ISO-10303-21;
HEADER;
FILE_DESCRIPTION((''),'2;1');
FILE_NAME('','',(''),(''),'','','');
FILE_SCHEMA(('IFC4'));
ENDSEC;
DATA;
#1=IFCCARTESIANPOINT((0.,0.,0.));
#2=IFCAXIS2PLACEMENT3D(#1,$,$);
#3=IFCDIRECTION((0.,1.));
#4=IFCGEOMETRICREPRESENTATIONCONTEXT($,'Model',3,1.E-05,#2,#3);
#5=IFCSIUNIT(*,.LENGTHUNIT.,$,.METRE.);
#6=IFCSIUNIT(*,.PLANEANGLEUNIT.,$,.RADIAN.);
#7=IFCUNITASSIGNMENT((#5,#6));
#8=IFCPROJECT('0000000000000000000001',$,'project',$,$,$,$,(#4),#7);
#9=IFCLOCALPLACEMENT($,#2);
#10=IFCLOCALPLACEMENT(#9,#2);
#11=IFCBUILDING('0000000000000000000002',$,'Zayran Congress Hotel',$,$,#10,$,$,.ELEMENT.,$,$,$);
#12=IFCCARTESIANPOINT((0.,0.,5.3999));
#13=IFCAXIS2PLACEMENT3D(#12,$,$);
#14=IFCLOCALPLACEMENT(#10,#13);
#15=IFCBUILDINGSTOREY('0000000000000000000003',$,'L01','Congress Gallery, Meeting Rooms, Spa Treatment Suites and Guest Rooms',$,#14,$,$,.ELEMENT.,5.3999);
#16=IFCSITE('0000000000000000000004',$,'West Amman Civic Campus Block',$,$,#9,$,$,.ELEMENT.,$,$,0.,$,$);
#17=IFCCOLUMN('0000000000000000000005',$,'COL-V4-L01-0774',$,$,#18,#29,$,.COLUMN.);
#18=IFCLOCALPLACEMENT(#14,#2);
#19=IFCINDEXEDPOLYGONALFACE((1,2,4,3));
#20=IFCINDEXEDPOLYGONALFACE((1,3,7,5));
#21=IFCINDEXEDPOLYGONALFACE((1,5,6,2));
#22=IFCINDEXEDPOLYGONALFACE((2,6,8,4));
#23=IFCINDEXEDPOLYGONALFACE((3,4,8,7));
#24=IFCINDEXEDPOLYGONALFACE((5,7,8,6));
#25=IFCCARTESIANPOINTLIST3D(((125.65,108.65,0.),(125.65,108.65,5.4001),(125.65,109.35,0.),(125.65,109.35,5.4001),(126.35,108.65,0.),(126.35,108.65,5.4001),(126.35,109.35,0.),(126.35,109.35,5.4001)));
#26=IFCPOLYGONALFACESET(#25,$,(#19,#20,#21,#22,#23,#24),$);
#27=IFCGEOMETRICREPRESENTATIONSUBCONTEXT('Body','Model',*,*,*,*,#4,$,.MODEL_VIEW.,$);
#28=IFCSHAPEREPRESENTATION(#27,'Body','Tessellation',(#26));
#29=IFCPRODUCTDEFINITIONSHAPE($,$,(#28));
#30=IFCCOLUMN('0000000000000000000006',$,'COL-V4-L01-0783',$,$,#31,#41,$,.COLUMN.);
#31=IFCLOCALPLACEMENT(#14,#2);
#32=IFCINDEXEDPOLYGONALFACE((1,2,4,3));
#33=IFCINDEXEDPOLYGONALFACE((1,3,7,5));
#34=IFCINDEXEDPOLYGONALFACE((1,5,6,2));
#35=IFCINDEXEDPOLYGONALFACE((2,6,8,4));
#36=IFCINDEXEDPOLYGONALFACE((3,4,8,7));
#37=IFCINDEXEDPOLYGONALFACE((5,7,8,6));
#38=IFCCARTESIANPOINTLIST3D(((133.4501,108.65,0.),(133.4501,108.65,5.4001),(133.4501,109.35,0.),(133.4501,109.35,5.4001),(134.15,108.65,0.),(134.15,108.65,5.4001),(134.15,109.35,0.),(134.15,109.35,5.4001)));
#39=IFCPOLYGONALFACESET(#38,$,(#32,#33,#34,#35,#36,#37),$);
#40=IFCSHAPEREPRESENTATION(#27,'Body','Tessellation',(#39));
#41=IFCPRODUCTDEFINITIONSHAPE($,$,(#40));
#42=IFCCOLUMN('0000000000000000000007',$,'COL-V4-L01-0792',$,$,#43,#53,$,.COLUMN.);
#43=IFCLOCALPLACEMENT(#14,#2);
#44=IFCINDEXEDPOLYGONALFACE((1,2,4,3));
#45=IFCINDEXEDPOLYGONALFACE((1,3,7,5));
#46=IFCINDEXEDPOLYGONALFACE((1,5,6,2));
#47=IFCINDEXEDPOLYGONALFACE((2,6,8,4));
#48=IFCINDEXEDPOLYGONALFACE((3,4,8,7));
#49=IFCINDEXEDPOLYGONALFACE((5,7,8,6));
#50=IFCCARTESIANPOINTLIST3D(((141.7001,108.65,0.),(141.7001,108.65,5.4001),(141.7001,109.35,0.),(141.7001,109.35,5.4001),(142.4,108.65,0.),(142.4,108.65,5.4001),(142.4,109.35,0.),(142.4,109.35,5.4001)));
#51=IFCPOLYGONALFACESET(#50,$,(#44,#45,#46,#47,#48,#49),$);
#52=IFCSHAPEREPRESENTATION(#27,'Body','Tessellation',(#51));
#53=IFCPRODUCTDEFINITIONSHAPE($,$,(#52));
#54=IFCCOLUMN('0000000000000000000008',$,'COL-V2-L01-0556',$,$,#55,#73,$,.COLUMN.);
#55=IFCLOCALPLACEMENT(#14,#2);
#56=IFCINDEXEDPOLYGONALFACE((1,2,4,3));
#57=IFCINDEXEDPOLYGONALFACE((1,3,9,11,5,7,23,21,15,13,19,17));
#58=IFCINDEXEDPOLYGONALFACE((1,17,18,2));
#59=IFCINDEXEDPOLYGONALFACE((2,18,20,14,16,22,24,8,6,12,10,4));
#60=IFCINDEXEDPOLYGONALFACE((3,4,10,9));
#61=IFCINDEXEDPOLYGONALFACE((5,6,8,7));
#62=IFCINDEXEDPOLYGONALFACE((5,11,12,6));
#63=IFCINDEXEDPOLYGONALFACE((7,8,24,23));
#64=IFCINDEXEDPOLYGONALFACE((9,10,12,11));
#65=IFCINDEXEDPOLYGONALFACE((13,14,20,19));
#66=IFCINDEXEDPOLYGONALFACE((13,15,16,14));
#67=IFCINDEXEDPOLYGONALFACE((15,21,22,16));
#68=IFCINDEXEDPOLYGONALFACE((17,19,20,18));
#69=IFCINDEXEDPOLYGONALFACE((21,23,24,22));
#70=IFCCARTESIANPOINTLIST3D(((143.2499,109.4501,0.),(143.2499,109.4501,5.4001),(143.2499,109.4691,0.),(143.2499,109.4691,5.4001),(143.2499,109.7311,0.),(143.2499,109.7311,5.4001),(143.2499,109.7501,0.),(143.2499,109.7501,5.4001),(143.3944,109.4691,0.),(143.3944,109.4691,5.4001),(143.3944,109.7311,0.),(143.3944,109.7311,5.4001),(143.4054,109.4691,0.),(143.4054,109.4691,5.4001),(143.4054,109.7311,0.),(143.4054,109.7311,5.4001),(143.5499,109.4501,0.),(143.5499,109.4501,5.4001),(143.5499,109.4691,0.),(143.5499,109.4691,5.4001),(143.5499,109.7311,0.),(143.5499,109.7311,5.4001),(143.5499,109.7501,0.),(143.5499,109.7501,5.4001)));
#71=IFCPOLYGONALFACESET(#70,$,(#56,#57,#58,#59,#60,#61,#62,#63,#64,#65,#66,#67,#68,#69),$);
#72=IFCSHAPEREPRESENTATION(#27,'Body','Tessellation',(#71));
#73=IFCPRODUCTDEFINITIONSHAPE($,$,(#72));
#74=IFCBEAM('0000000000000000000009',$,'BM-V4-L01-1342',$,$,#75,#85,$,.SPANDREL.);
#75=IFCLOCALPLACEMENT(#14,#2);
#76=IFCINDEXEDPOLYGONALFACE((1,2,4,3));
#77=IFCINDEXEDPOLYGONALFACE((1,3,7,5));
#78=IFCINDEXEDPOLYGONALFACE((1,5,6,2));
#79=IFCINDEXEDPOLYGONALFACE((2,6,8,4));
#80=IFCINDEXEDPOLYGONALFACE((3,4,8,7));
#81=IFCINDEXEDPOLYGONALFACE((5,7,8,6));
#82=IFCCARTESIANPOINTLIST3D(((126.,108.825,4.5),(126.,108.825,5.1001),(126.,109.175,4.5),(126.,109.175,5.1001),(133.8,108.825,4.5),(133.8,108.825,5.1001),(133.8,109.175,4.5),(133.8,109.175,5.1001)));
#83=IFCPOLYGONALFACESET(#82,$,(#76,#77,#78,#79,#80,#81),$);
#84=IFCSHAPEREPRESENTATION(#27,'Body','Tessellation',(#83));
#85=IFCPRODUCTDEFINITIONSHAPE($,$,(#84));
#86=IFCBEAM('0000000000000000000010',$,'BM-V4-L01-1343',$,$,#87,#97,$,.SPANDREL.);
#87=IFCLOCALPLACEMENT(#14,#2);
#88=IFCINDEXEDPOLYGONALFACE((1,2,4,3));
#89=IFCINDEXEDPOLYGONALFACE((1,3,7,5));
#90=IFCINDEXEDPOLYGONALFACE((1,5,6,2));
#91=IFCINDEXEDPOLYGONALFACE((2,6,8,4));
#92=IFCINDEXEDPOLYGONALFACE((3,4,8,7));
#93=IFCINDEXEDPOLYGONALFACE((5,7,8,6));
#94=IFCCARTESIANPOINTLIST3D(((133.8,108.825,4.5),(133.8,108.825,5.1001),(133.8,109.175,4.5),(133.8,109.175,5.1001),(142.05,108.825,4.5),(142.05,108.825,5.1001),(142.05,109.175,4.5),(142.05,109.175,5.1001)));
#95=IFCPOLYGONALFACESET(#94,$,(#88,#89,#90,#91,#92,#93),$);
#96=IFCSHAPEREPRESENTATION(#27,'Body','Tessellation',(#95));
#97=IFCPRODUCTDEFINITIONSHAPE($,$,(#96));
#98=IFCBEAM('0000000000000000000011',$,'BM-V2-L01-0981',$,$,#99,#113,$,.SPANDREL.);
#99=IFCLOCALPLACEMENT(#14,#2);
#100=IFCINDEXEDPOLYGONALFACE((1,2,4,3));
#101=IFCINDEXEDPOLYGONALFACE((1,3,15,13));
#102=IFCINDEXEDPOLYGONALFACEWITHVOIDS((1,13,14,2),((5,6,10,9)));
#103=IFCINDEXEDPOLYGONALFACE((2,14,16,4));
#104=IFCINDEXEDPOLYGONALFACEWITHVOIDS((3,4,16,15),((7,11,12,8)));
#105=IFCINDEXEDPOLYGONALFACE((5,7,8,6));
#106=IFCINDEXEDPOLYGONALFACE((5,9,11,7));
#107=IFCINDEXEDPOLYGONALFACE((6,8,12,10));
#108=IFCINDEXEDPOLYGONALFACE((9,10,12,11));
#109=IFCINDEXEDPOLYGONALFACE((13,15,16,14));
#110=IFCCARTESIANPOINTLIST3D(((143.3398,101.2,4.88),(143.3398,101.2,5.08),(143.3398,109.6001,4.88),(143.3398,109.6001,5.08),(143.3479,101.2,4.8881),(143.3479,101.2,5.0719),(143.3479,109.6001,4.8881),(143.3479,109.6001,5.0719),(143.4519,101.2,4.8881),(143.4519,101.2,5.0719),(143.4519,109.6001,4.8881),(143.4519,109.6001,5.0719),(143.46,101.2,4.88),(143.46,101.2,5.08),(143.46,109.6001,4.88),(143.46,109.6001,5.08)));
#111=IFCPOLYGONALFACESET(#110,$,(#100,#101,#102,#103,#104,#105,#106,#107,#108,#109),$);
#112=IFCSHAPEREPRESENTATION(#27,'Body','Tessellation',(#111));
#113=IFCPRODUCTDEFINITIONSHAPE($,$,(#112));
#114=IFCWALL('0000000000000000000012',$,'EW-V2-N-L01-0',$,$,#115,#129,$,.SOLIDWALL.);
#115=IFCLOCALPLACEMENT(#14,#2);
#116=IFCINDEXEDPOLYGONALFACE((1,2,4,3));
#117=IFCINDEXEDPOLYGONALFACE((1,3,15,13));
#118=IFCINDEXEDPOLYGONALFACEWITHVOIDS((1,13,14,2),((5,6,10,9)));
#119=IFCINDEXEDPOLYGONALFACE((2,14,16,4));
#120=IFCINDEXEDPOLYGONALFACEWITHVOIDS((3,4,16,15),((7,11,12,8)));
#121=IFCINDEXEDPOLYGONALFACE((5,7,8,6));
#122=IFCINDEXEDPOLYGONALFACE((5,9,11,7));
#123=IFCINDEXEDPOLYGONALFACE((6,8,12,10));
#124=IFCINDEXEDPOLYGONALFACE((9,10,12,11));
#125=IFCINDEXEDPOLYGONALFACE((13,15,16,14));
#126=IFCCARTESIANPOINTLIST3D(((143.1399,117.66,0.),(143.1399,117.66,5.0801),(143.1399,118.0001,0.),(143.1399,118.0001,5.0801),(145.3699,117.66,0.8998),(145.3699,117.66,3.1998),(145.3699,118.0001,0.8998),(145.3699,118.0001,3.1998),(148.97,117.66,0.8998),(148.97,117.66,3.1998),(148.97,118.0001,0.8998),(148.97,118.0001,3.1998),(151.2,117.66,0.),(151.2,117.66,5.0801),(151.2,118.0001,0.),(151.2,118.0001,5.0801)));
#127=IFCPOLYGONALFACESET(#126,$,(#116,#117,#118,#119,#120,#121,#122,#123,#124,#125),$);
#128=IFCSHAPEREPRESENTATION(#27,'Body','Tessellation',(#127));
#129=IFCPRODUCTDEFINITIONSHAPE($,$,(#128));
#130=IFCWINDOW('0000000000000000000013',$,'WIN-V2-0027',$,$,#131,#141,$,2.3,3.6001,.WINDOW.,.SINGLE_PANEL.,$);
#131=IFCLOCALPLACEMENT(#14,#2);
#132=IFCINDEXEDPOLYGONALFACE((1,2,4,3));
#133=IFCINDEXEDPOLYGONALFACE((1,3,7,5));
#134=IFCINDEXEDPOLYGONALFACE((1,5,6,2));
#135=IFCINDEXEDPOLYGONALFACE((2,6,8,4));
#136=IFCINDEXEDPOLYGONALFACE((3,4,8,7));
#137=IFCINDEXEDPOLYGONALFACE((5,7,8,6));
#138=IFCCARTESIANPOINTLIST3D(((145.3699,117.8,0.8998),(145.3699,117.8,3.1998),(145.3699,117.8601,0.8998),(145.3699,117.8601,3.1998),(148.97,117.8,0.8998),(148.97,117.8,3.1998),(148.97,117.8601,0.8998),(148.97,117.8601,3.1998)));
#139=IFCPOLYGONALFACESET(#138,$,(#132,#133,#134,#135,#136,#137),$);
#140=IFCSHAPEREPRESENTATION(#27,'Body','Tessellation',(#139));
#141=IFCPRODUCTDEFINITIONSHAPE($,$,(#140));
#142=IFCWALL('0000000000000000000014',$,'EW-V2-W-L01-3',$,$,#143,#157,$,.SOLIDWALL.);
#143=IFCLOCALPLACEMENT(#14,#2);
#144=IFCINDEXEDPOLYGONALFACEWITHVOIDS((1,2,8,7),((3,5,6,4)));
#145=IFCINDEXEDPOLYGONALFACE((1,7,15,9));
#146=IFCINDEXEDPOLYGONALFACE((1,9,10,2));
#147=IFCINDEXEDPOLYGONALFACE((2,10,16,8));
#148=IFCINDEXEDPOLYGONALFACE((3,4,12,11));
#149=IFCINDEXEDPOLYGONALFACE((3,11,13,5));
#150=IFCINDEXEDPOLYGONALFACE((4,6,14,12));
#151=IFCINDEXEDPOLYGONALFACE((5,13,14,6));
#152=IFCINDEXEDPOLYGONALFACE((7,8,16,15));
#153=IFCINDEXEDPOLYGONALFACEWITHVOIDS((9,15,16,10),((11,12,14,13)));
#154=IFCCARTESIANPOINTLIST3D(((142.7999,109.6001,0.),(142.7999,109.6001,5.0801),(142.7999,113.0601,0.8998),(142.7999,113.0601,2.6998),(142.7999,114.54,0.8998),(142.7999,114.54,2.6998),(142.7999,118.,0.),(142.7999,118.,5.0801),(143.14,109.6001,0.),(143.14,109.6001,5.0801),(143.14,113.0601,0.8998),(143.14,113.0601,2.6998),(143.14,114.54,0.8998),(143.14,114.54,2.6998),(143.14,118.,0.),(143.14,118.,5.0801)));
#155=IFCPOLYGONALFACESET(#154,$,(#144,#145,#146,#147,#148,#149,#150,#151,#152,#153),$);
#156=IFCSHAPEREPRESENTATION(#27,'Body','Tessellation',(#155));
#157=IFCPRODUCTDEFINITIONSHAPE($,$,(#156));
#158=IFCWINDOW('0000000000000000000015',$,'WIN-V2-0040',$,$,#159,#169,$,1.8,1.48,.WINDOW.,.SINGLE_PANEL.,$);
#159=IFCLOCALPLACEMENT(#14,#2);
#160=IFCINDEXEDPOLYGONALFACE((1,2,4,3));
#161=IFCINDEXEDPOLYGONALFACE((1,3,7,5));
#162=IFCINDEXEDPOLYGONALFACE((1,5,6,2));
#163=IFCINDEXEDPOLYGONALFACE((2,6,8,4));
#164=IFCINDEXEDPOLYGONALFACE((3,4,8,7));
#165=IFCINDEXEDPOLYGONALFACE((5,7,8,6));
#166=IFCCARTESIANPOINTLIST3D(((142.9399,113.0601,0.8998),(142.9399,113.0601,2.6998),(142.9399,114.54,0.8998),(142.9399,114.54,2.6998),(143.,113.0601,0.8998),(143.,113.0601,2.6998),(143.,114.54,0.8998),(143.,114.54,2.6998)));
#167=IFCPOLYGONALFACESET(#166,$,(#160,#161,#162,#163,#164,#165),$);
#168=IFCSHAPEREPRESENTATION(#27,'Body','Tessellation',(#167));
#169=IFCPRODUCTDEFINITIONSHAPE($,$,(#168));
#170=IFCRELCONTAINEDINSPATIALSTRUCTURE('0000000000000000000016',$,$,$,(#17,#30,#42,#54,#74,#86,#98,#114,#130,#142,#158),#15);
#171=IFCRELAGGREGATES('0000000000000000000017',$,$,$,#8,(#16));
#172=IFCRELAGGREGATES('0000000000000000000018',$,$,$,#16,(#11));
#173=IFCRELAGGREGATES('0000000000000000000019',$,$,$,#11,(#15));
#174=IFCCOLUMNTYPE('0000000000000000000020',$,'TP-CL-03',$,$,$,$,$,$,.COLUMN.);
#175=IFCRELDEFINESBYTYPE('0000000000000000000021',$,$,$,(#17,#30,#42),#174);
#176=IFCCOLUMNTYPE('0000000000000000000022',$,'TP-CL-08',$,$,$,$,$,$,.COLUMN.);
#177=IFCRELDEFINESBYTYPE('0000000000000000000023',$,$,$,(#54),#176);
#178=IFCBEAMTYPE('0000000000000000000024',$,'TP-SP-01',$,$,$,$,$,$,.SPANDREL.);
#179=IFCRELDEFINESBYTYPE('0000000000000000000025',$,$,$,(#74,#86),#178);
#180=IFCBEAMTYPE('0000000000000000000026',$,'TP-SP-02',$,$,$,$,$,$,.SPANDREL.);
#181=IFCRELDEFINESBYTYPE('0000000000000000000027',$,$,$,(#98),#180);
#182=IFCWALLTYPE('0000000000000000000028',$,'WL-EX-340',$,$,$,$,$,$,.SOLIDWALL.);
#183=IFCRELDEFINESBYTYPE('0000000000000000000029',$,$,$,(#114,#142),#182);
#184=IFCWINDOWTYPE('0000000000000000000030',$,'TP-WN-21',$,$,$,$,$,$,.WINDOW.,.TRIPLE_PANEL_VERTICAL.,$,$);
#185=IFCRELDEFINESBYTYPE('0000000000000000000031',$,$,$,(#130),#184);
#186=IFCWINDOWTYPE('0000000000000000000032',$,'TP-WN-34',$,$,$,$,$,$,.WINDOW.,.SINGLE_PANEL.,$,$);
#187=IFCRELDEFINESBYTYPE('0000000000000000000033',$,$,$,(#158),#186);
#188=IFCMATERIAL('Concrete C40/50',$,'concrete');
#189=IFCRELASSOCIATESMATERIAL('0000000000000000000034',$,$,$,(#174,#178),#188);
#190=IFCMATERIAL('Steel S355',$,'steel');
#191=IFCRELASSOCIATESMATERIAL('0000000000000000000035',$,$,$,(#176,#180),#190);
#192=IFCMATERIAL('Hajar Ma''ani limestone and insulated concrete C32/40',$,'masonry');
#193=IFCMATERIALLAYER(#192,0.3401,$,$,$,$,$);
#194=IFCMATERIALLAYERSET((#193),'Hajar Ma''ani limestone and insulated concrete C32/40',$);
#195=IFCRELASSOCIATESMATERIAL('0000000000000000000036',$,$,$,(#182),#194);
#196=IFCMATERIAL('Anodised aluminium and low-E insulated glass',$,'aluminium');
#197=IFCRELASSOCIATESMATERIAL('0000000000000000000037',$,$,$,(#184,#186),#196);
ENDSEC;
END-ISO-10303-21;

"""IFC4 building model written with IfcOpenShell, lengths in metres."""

from ifc_helpers import new_model, si_unit, direction, frame, frame_2d, origin, origin_2d, place, context, subcontext, project, spatial, rectangle, hollow_rectangle, i_section, extrude, material, layer, layer_set, material_profile, profile_set, type_object, element, fill, save


model = new_model("IFC4")

# Units and contexts
model_context = context("Model", 3, precision=1e-05, world=origin(), true_north=direction((0.0, 1.0)))
body_context = subcontext(model_context, "Body", "Model", "MODEL_VIEW")
ifc_project = project(units=[si_unit("LENGTHUNIT", "METRE"), si_unit("PLANEANGLEUNIT", "RADIAN")], contexts=[model_context])

# Site, building, storey
site_placement = place(None, origin())
site = spatial("IfcSite", under=ifc_project, at=site_placement, Name="West Amman Civic Campus Block", CompositionType="ELEMENT", RefElevation=0.0)
building_placement = place(site_placement, origin())
building = spatial("IfcBuilding", under=site, at=building_placement, Name="Zayran Congress Hotel", CompositionType="ELEMENT")
storey_placement = place(building_placement, frame((0.0, 0.0, 5.3999)))
storey = spatial("IfcBuildingStorey", under=building, at=storey_placement, Name="L01", Description="Congress Gallery, Meeting Rooms, Spa Treatment Suites and Guest Rooms", CompositionType="ELEMENT", Elevation=5.3999)

# Columns
ifc_material_1 = material(Name="Concrete C40/50", Category="concrete")
ifc_material_profile_1 = material_profile(ifc_material_1, rectangle(XDim=0.7, YDim=0.7, at=origin_2d()), Name="RC 700x700")
ifc_profile_set_1 = profile_set([ifc_material_profile_1], Name="Concrete C40/50")
column_type_1 = type_object("IfcColumnType", Name="TP-CL-03", PredefinedType="COLUMN", material=ifc_profile_set_1)
for number, where, z_axis, x_axis, name in (
    (1, (126.0, 109.0, 0.0), (0.0, 0.0, 1.0), (1.0, 0.0, 0.0), "COL-V4-L01-0774"),
    (2, (133.8, 109.0, 0.0), (0.0, 0.0, 1.0), (1.0, 0.0, 0.0), "COL-V4-L01-0783"),
    (3, (142.05, 109.0, 0.0), (0.0, 0.0, 1.0), (1.0, 0.0, 0.0), "COL-V4-L01-0792"),
):
    element("IfcColumn", number, at=place(storey_placement, frame(where, z_axis=z_axis, x_axis=x_axis)), inside=storey, type_object=column_type_1, Name=name, PredefinedType="COLUMN", context=body_context, shape_type="SweptSolid", body=[
        extrude(rectangle(XDim=0.7, YDim=0.7, at=origin_2d()), origin(), (0.0, 0.0, 1.0), 5.4001),
    ])
ifc_material_2 = material(Name="Steel S355", Category="steel")
ifc_material_profile_2 = material_profile(ifc_material_2, i_section(OverallWidth=0.3, OverallDepth=0.3, WebThickness=0.011, FlangeThickness=0.019, at=origin_2d()), Name="HEB 300")
ifc_profile_set_2 = profile_set([ifc_material_profile_2], Name="Steel S355")
column_type_2 = type_object("IfcColumnType", Name="TP-CL-08", PredefinedType="COLUMN", material=ifc_profile_set_2)
column_placement = place(storey_placement, frame((143.3999, 109.6001, 0.0), z_axis=(0.0, 0.0, 1.0), x_axis=(1.0, 0.0, 0.0)))
element("IfcColumn", 4, at=column_placement, inside=storey, type_object=column_type_2, Name="COL-V2-L01-0556", PredefinedType="COLUMN", context=body_context, shape_type="SweptSolid", body=[
    extrude(i_section(OverallWidth=0.3, OverallDepth=0.3, WebThickness=0.011, FlangeThickness=0.019, at=origin_2d()), origin(), (0.0, 0.0, 1.0), 5.4001),
])

# Beams
ifc_material_profile_3 = material_profile(ifc_material_1, rectangle(XDim=0.3501, YDim=0.6001, at=origin_2d()), Name="RC 350x600")
ifc_profile_set_3 = profile_set([ifc_material_profile_3], Name="Concrete C40/50")
beam_type_1 = type_object("IfcBeamType", Name="TP-SP-01", PredefinedType="SPANDREL", material=ifc_profile_set_3)
beam_1_placement = place(storey_placement, frame((126.0, 109.0, 4.8), z_axis=(1.0, 0.0, 0.0), x_axis=(0.0, 1.0, 0.0)))
element("IfcBeam", 5, at=beam_1_placement, inside=storey, type_object=beam_type_1, Name="BM-V4-L01-1342", PredefinedType="SPANDREL", context=body_context, shape_type="SweptSolid", body=[
    extrude(rectangle(XDim=0.3501, YDim=0.6001, at=origin_2d()), origin(), (0.0, 0.0, 1.0), 7.8),
])
beam_2_placement = place(storey_placement, frame((133.8, 109.0, 4.8), z_axis=(1.0, 0.0, 0.0), x_axis=(0.0, 1.0, 0.0)))
element("IfcBeam", 6, at=beam_2_placement, inside=storey, type_object=beam_type_1, Name="BM-V4-L01-1343", PredefinedType="SPANDREL", context=body_context, shape_type="SweptSolid", body=[
    extrude(rectangle(XDim=0.3501, YDim=0.6001, at=origin_2d()), origin(), (0.0, 0.0, 1.0), 8.25),
])
ifc_material_profile_4 = material_profile(ifc_material_2, hollow_rectangle(XDim=0.1201, YDim=0.2, WallThickness=0.0081, at=origin_2d()), Name="RHS 200x120x8")
ifc_profile_set_4 = profile_set([ifc_material_profile_4], Name="Steel S355")
beam_type_2 = type_object("IfcBeamType", Name="TP-SP-02", PredefinedType="SPANDREL", material=ifc_profile_set_4)
beam_3_placement = place(storey_placement, frame((143.3999, 101.2, 4.98), z_axis=(0.0, 1.0, 0.0), x_axis=(-1.0, 0.0, 0.0)))
element("IfcBeam", 7, at=beam_3_placement, inside=storey, type_object=beam_type_2, Name="BM-V2-L01-0981", PredefinedType="SPANDREL", context=body_context, shape_type="SweptSolid", body=[
    extrude(hollow_rectangle(XDim=0.1201, YDim=0.2, WallThickness=0.0081, at=origin_2d()), origin(), (0.0, 0.0, 1.0), 8.4001),
])

# Walls, openings, windows
ifc_material_3 = material(Name="Hajar Ma'ani limestone and insulated concrete C32/40", Category="masonry")
ifc_layer_1 = layer(ifc_material_3, 0.3401)
ifc_layer_set_1 = layer_set([ifc_layer_1], Name="Hajar Ma'ani limestone and insulated concrete C32/40")
wall_type_1 = type_object("IfcWallType", Name="WL-EX-340", PredefinedType="SOLIDWALL", material=ifc_layer_set_1)
wall_1_placement = place(storey_placement, frame((143.1399, 117.8301, 0.0), z_axis=(0.0, 0.0, 1.0), x_axis=(1.0, 0.0, 0.0)))
wall_1 = element("IfcWall", 8, at=wall_1_placement, inside=storey, type_object=wall_type_1, Name="EW-V2-N-L01-0", PredefinedType="SOLIDWALL", context=body_context, shape_type="SweptSolid", body=[
    extrude(rectangle(XDim=8.0601, YDim=0.3401, at=frame_2d((4.03, 0.0))), origin(), (0.0, 0.0, 1.0), 5.0801),
])
opening_1_placement = place(wall_1_placement, frame((2.23, 0.0, 0.8999)))
opening_1 = element("IfcOpeningElement", 9, at=opening_1_placement, cuts=wall_1, PredefinedType="OPENING", context=body_context, shape_type="SweptSolid", body=[
    extrude(rectangle(XDim=3.6001, YDim=2.3, at=frame_2d((1.8, 1.1499))), frame((0.0, 0.1799, 0.0), z_axis=(0.0, -1.0, 0.0), x_axis=(1.0, 0.0, 0.0)), (0.0, 0.0, 1.0), 0.3601),
])
ifc_material_4 = material(Name="Anodised aluminium and low-E insulated glass", Category="aluminium")
window_type_1 = type_object("IfcWindowType", Name="TP-WN-21", PartitioningType="TRIPLE_PANEL_VERTICAL", PredefinedType="WINDOW", material=ifc_material_4)
window_1_placement = place(opening_1_placement, origin())
window_1 = element("IfcWindow", 10, at=window_1_placement, inside=storey, type_object=window_type_1, Name="WIN-V2-0027", OverallHeight=2.3, OverallWidth=3.6001, PartitioningType="SINGLE_PANEL", PredefinedType="WINDOW", context=body_context, shape_type="SweptSolid", body=[
    extrude(rectangle(XDim=3.6001, YDim=2.3, at=frame_2d((1.8, 1.1499))), frame((0.0, 0.03, 0.0), z_axis=(0.0, -1.0, 0.0), x_axis=(1.0, 0.0, 0.0)), (0.0, 0.0, 1.0), 0.0601),
])
fill(opening_1, window_1)
wall_2_placement = place(storey_placement, frame((142.97, 109.6001, 0.0), z_axis=(0.0, 0.0, 1.0), x_axis=(0.0, 1.0, 0.0)))
wall_2 = element("IfcWall", 11, at=wall_2_placement, inside=storey, type_object=wall_type_1, Name="EW-V2-W-L01-3", PredefinedType="SOLIDWALL", context=body_context, shape_type="SweptSolid", body=[
    extrude(rectangle(XDim=8.3999, YDim=0.3401, at=frame_2d((4.2, 0.0))), origin(), (0.0, 0.0, 1.0), 5.0801),
])
opening_2_placement = place(wall_2_placement, frame((3.46, 0.0, 0.8999)))
opening_2 = element("IfcOpeningElement", 12, at=opening_2_placement, cuts=wall_2, PredefinedType="OPENING", context=body_context, shape_type="SweptSolid", body=[
    extrude(rectangle(XDim=1.48, YDim=1.8, at=frame_2d((0.74, 0.8999))), frame((0.0, 0.1799, 0.0), z_axis=(0.0, -1.0, 0.0), x_axis=(1.0, 0.0, 0.0)), (0.0, 0.0, 1.0), 0.3601),
])
window_type_2 = type_object("IfcWindowType", Name="TP-WN-34", PartitioningType="SINGLE_PANEL", PredefinedType="WINDOW", material=ifc_material_4)
window_2_placement = place(opening_2_placement, origin())
window_2 = element("IfcWindow", 13, at=window_2_placement, inside=storey, type_object=window_type_2, Name="WIN-V2-0040", OverallHeight=1.8, OverallWidth=1.48, PartitioningType="SINGLE_PANEL", PredefinedType="WINDOW", context=body_context, shape_type="SweptSolid", body=[
    extrude(rectangle(XDim=1.48, YDim=1.8, at=frame_2d((0.74, 0.8999))), frame((0.0, 0.03, 0.0), z_axis=(0.0, -1.0, 0.0), x_axis=(1.0, 0.0, 0.0)), (0.0, 0.0, 1.0), 0.0601),
])
fill(opening_2, window_2)

save(model, "model.ifc")
